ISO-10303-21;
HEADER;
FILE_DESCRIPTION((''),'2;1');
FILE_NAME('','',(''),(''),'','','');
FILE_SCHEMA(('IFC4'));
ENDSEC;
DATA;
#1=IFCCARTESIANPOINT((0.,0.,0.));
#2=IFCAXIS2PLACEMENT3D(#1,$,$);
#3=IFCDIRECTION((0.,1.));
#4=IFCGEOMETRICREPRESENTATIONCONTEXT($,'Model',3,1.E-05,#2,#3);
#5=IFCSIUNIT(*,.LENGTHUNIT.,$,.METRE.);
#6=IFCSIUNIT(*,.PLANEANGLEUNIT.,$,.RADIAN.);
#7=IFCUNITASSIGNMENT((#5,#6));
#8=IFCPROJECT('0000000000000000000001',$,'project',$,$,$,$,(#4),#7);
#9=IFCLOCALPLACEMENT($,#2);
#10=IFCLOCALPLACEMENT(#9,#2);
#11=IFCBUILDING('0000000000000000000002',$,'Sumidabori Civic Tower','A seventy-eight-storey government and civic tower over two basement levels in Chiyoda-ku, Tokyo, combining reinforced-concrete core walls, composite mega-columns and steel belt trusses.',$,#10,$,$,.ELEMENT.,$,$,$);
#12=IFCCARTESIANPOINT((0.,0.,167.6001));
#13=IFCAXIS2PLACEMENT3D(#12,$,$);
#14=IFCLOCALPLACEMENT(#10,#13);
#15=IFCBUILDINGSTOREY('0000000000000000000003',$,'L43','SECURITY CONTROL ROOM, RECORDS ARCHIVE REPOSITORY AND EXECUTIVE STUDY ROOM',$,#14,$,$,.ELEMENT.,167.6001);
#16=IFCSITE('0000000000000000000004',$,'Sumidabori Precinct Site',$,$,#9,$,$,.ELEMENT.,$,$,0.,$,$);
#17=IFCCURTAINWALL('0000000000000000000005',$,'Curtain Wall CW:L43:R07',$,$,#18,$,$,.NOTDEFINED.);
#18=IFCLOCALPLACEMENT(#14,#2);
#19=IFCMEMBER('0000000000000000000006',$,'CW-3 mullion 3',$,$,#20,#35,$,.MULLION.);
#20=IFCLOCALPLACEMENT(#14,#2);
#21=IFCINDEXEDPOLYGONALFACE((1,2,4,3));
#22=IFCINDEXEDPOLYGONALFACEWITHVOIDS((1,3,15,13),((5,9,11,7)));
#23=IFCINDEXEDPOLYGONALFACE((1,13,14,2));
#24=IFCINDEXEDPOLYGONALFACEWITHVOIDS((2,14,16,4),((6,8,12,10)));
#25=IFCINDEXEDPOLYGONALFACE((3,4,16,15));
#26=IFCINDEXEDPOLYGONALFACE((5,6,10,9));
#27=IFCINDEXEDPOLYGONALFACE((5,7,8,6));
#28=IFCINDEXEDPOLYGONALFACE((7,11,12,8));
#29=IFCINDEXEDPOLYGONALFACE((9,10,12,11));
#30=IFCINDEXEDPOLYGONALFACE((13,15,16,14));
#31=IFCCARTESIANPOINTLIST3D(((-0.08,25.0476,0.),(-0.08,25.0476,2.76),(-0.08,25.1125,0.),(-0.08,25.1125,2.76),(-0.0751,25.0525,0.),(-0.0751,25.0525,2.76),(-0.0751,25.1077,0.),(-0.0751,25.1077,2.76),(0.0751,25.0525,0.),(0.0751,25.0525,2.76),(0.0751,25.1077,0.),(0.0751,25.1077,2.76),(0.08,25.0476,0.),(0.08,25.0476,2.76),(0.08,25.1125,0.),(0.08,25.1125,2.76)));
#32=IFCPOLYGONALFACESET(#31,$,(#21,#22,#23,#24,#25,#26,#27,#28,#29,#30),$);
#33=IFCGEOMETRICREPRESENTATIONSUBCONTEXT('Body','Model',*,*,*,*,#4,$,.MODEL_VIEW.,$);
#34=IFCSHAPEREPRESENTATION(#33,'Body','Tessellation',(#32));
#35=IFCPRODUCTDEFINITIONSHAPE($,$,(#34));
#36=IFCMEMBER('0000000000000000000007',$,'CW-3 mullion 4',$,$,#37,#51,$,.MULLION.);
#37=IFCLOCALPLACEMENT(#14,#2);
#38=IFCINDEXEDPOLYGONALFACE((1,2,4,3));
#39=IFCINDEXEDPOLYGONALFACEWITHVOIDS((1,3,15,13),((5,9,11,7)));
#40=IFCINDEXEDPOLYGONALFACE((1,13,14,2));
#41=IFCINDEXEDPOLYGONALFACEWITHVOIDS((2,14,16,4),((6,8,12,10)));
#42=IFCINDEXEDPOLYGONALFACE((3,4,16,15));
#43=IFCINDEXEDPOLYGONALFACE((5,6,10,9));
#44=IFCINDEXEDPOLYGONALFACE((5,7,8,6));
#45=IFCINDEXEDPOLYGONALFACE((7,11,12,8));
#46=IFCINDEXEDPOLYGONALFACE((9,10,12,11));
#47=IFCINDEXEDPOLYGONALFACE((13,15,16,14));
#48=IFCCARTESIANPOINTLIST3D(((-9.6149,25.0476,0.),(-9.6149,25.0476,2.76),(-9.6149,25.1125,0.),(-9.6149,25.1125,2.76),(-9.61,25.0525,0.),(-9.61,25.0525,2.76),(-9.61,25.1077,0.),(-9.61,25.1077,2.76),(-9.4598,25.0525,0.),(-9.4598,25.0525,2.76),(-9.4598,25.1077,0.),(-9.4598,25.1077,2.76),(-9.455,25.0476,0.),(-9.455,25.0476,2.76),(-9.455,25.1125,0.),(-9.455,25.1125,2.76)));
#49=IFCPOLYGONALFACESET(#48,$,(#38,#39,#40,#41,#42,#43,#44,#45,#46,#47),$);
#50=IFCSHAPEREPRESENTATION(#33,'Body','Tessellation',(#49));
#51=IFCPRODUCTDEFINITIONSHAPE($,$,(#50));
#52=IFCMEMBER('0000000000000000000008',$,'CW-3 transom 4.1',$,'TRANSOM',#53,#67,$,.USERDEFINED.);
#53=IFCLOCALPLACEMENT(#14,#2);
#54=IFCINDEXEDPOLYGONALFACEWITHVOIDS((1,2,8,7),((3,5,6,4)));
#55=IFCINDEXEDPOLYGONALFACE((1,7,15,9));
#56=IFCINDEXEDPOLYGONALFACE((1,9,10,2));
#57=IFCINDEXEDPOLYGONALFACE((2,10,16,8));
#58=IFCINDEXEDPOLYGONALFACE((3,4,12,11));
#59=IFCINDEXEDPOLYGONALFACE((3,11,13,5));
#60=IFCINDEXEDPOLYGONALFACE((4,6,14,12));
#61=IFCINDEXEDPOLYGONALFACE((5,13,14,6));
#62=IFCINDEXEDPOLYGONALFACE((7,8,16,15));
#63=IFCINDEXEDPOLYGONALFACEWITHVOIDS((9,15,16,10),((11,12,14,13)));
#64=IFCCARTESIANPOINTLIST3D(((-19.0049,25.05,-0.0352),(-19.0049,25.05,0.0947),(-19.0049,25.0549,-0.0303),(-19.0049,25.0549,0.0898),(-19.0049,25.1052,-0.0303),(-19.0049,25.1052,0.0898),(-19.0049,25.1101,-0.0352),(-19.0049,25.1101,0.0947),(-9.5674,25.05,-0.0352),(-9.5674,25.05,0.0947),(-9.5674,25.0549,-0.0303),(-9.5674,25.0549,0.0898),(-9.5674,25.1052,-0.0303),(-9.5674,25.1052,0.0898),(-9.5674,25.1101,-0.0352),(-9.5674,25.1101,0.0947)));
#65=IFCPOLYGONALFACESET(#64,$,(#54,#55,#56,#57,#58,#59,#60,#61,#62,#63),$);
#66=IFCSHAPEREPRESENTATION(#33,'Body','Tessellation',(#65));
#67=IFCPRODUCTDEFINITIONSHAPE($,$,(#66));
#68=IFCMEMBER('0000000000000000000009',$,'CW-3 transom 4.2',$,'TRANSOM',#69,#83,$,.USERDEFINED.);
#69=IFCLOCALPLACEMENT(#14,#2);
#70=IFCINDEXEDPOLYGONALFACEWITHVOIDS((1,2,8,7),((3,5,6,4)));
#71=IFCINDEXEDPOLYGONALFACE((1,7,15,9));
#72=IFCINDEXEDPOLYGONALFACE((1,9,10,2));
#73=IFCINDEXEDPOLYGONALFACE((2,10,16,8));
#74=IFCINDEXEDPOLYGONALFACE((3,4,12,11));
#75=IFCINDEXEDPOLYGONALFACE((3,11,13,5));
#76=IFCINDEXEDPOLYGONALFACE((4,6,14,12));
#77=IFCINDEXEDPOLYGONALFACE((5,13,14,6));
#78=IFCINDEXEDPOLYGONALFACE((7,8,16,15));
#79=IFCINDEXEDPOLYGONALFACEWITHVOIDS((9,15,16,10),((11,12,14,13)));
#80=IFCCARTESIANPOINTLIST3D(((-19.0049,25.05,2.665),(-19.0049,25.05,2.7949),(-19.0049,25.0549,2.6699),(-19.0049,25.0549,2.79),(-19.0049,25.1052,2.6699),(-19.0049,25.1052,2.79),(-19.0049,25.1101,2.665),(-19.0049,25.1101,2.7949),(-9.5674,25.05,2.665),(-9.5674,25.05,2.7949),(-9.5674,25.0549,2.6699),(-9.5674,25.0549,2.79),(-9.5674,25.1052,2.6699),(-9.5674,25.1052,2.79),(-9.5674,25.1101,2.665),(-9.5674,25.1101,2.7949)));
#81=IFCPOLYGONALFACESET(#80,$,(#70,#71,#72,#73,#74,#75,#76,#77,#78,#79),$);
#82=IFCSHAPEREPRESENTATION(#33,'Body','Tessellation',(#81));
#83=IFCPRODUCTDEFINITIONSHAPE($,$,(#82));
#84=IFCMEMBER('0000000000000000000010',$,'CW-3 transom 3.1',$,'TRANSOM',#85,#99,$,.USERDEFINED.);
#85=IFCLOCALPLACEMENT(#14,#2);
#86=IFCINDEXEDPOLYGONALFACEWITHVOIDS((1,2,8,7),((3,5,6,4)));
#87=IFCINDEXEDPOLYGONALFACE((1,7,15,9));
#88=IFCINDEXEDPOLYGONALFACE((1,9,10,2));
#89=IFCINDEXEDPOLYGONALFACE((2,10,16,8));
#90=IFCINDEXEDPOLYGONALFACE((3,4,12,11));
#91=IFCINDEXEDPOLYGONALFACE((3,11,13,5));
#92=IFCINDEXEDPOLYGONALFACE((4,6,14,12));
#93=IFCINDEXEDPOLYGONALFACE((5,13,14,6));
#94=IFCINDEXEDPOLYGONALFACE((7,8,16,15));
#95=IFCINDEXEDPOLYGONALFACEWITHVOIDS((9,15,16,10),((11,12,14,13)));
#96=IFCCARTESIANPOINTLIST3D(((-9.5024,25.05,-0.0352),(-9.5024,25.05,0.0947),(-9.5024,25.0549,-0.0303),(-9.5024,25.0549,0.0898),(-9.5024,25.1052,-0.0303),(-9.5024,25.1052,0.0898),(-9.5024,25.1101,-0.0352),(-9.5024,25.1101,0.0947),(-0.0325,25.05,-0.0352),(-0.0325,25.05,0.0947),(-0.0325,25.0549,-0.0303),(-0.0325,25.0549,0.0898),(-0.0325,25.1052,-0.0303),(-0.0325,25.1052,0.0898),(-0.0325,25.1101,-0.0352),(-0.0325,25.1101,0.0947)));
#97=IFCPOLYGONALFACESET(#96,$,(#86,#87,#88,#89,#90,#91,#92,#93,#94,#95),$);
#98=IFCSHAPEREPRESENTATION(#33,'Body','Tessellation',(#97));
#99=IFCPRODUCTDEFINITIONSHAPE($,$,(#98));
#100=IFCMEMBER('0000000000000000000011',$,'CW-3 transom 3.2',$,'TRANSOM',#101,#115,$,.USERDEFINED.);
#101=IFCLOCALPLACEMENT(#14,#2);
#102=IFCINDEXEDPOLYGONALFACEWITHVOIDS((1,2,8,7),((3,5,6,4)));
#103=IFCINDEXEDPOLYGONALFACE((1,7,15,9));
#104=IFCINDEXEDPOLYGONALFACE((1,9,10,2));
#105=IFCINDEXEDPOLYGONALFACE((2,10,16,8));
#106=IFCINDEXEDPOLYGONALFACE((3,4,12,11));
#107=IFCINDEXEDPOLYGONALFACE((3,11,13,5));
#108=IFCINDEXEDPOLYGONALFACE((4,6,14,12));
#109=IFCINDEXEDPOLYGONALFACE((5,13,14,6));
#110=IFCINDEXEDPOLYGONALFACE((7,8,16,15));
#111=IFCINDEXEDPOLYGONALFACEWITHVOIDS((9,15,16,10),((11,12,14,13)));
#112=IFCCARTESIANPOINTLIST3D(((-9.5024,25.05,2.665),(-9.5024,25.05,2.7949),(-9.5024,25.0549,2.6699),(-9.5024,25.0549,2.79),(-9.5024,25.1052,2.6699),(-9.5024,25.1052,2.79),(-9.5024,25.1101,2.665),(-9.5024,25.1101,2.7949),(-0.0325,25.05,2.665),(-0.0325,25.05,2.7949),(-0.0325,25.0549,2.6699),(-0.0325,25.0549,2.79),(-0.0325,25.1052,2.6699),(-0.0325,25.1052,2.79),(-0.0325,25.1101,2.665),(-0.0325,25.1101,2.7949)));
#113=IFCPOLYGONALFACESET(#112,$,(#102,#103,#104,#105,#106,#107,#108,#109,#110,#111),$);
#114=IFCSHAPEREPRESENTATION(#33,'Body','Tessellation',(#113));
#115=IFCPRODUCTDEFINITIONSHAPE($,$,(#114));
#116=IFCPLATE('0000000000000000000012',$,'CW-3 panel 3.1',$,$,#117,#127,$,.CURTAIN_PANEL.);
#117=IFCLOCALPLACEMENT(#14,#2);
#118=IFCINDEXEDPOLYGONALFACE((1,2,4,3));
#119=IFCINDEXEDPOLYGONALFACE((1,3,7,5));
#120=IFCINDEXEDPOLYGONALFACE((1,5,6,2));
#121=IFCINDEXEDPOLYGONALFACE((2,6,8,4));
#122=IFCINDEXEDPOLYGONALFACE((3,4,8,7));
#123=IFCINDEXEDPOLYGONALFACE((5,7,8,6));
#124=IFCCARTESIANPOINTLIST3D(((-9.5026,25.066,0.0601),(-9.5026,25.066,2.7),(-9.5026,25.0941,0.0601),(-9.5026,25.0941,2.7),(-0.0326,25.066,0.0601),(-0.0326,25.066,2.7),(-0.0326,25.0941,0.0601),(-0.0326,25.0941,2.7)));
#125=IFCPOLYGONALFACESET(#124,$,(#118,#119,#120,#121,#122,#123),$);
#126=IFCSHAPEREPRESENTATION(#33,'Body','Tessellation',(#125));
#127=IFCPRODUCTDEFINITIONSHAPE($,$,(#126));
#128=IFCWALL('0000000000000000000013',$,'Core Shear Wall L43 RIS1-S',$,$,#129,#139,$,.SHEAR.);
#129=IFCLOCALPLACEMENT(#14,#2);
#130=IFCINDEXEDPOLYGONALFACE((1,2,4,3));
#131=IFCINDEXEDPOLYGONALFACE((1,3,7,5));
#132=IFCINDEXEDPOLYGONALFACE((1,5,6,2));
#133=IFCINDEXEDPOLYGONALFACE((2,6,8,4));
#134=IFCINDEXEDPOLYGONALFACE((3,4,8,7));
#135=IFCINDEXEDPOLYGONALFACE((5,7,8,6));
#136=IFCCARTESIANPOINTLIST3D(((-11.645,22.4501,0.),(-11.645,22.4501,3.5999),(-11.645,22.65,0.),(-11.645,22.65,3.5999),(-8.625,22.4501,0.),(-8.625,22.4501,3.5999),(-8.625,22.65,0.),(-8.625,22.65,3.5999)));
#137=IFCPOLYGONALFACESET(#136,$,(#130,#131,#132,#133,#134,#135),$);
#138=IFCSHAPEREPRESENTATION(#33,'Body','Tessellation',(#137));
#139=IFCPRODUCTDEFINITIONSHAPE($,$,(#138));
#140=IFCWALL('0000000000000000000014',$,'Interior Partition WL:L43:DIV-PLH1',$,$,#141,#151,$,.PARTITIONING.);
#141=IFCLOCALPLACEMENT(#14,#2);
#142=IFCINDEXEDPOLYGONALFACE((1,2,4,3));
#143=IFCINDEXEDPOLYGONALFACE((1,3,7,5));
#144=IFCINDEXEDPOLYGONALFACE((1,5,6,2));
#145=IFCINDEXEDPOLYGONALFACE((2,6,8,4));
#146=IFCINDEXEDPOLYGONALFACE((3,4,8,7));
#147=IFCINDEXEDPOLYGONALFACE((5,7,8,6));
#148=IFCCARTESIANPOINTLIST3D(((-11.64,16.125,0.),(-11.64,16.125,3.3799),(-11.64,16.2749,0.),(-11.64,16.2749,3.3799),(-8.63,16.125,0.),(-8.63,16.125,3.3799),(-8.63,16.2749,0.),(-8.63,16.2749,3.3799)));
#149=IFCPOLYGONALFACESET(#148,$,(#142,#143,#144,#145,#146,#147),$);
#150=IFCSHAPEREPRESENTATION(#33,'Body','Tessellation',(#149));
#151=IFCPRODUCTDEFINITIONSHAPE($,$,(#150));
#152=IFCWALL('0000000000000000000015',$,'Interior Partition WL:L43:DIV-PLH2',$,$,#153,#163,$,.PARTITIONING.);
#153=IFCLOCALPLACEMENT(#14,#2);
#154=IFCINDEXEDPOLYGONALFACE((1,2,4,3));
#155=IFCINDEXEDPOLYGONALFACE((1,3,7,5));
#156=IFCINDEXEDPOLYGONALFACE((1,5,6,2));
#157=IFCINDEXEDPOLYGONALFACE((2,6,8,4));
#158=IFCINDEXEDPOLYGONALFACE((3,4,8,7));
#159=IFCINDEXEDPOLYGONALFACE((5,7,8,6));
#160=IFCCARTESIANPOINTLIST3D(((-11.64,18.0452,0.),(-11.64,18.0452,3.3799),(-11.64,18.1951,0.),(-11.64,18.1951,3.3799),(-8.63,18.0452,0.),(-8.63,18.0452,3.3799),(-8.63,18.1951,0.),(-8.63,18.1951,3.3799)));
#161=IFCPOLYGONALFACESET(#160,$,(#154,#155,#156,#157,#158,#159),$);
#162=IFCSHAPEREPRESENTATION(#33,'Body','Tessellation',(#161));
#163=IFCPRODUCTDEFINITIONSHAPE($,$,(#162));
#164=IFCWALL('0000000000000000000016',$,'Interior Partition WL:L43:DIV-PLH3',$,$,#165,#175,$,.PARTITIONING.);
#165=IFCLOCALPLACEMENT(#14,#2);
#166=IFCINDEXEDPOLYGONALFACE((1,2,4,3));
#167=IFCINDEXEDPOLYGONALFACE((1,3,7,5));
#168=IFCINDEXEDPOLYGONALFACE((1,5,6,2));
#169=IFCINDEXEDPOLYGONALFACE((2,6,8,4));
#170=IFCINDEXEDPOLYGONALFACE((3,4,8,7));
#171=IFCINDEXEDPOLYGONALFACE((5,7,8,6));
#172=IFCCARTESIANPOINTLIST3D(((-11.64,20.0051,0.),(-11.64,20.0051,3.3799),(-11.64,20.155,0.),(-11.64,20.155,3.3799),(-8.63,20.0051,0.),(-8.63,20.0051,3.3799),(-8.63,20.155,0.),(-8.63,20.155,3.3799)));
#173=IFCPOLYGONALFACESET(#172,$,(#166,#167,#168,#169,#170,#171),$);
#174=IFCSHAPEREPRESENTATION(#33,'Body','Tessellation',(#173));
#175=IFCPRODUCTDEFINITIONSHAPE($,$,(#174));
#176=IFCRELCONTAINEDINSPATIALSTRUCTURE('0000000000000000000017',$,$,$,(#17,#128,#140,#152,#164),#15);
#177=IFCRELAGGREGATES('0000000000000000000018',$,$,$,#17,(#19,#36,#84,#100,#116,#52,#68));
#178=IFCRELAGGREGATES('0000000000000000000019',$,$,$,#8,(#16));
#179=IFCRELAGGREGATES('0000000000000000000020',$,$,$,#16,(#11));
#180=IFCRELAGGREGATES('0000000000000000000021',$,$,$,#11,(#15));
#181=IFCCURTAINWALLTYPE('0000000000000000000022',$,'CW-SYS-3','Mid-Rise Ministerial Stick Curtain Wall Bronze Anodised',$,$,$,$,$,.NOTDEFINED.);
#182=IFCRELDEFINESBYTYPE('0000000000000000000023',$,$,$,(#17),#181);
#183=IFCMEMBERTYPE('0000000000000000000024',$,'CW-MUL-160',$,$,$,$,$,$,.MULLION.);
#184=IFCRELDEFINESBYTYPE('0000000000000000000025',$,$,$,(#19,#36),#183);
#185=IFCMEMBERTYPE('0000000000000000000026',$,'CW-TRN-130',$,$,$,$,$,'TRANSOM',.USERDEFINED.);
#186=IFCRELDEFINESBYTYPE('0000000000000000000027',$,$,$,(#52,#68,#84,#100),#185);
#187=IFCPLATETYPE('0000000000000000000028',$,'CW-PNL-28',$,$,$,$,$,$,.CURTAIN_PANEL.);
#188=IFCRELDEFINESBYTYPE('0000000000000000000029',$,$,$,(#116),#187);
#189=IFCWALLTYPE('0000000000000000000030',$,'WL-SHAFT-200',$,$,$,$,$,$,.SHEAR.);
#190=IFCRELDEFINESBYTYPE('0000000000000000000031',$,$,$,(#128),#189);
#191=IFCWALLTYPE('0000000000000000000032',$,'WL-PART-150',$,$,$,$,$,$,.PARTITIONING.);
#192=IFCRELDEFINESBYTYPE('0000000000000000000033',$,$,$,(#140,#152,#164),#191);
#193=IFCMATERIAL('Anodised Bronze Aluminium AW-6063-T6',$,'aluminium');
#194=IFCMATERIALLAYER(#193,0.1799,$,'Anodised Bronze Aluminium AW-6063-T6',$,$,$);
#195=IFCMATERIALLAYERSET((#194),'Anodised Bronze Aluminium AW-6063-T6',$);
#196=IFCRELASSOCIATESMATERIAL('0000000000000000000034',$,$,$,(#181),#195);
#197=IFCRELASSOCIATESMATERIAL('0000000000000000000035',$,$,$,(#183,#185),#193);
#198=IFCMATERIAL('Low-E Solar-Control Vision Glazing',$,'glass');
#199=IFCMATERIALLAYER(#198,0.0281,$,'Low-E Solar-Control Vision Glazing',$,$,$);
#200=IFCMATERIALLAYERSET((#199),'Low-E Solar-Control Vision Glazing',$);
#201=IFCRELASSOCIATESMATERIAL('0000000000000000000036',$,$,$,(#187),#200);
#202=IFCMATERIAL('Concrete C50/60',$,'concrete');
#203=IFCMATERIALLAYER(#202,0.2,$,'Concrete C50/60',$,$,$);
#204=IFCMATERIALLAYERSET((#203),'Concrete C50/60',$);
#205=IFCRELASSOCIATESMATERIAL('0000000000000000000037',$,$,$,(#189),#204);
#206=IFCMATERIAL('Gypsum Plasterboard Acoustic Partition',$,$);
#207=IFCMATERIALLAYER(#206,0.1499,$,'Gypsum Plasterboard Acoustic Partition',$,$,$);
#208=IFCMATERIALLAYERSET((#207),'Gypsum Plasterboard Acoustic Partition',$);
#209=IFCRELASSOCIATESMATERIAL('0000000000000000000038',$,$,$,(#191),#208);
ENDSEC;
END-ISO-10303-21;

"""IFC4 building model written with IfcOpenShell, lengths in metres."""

from ifc_helpers import new_model, si_unit, direction, frame, frame_2d, origin, origin_2d, place, context, subcontext, project, spatial, rectangle, hollow_rectangle, extrude, source, transform, mapped, material, layer, layer_set, material_profile, profile_set, type_object, element, aggregate, save


model = new_model("IFC4")

# Units and contexts
model_context = context("Model", 3, precision=1e-05, world=origin(), true_north=direction((0.0, 1.0)))
body_context = subcontext(model_context, "Body", "Model", "MODEL_VIEW")
ifc_project = project(units=[si_unit("LENGTHUNIT", "METRE"), si_unit("PLANEANGLEUNIT", "RADIAN")], contexts=[model_context])

# Site, building, storey
site_placement = place(None, origin())
site = spatial("IfcSite", under=ifc_project, at=site_placement, Name="Sumidabori Precinct Site", CompositionType="ELEMENT", RefElevation=0.0)
building_placement = place(site_placement, origin())
building = spatial("IfcBuilding", under=site, at=building_placement, Name="Sumidabori Civic Tower", Description="A seventy-eight-storey government and civic tower over two basement levels in Chiyoda-ku, Tokyo, combining reinforced-concrete core walls, composite mega-columns and steel belt trusses.", CompositionType="ELEMENT")
storey_placement = place(building_placement, frame((0.0, 0.0, 167.6001)))
storey = spatial("IfcBuildingStorey", under=building, at=storey_placement, Name="L43", Description="SECURITY CONTROL ROOM, RECORDS ARCHIVE REPOSITORY AND EXECUTIVE STUDY ROOM", CompositionType="ELEMENT", Elevation=167.6001)

# Curtain wall, members, plate
ifc_material_1 = material(Name="Anodised Bronze Aluminium AW-6063-T6", Category="aluminium")
ifc_layer_1 = layer(ifc_material_1, 0.1799, Name="Anodised Bronze Aluminium AW-6063-T6")
ifc_layer_set_1 = layer_set([ifc_layer_1], Name="Anodised Bronze Aluminium AW-6063-T6")
curtain_wall_type = type_object("IfcCurtainWallType", Name="CW-SYS-3", Description="Mid-Rise Ministerial Stick Curtain Wall Bronze Anodised", PredefinedType="NOTDEFINED", material=ifc_layer_set_1)
curtain_wall_placement = place(storey_placement, origin())
curtain_wall = element("IfcCurtainWall", 1, at=curtain_wall_placement, inside=storey, type_object=curtain_wall_type, Name="Curtain Wall CW:L43:R07", PredefinedType="NOTDEFINED")
ifc_material_profile_1 = material_profile(ifc_material_1, hollow_rectangle(XDim=0.0649, YDim=0.1599, WallThickness=0.0049, at=origin_2d()), Name="ALU MULLION 160x65")
ifc_profile_set_1 = profile_set([ifc_material_profile_1], Name="Anodised Bronze Aluminium AW-6063-T6")
member_type_1 = type_object("IfcMemberType", Name="CW-MUL-160", PredefinedType="MULLION", material=ifc_profile_set_1)
shared_shape_1 = source(origin(), body_context, "Body", "SweptSolid", [
    extrude(hollow_rectangle(XDim=0.0649, YDim=0.1599, WallThickness=0.0049, at=origin_2d()), origin(), (0.0, 0.0, 1.0), 2.76),
])
member_1_placement = place(storey_placement, frame((0.0, 25.0801, 0.0), z_axis=(0.0, 0.0, 1.0), x_axis=(0.0, -1.0, 0.0)))
member_1 = element("IfcMember", 2, at=member_1_placement, type_object=member_type_1, Name="CW-3 mullion 3", PredefinedType="MULLION", context=body_context, shape_type="MappedRepresentation", body=[
    mapped(shared_shape_1, transform((0.0, 0.0, 0.0), x_axis=(1.0, 0.0, 0.0), y_axis=(0.0, 1.0, 0.0), z_axis=(0.0, 0.0, 1.0), scale=1.0)),
])
member_2_placement = place(storey_placement, frame((-9.5349, 25.0801, 0.0), z_axis=(0.0, 0.0, 1.0), x_axis=(0.0, -1.0, 0.0)))
member_2 = element("IfcMember", 3, at=member_2_placement, type_object=member_type_1, Name="CW-3 mullion 4", PredefinedType="MULLION", context=body_context, shape_type="MappedRepresentation", body=[
    mapped(shared_shape_1, transform((0.0, 0.0, 0.0), x_axis=(1.0, 0.0, 0.0), y_axis=(0.0, 1.0, 0.0), z_axis=(0.0, 0.0, 1.0), scale=1.0)),
])
ifc_material_profile_2 = material_profile(ifc_material_1, hollow_rectangle(XDim=0.0601, YDim=0.1299, WallThickness=0.0049, at=origin_2d()), Name="ALU TRANSOM 130x60")
ifc_profile_set_2 = profile_set([ifc_material_profile_2], Name="Anodised Bronze Aluminium AW-6063-T6")
member_type_2 = type_object("IfcMemberType", Name="CW-TRN-130", ElementType="TRANSOM", PredefinedType="USERDEFINED", material=ifc_profile_set_2)
shared_shape_2 = source(origin(), body_context, "Body", "SweptSolid", [
    extrude(hollow_rectangle(XDim=0.0601, YDim=0.1299, WallThickness=0.0049, at=origin_2d()), origin(), (0.0, 0.0, 1.0), 9.4375),
])
member_3_placement = place(storey_placement, frame((-9.5674, 25.0801, 0.0298), z_axis=(-1.0, 0.0, 0.0), x_axis=(0.0, -1.0, 0.0)))
member_3 = element("IfcMember", 4, at=member_3_placement, type_object=member_type_2, Name="CW-3 transom 4.1", ObjectType="TRANSOM", PredefinedType="USERDEFINED", context=body_context, shape_type="MappedRepresentation", body=[
    mapped(shared_shape_2, transform((0.0, 0.0, 0.0), x_axis=(1.0, 0.0, 0.0), y_axis=(0.0, 1.0, 0.0), z_axis=(0.0, 0.0, 1.0), scale=1.0)),
])
member_4_placement = place(storey_placement, frame((-9.5674, 25.0801, 2.73), z_axis=(-1.0, 0.0, 0.0), x_axis=(0.0, -1.0, 0.0)))
member_4 = element("IfcMember", 5, at=member_4_placement, type_object=member_type_2, Name="CW-3 transom 4.2", ObjectType="TRANSOM", PredefinedType="USERDEFINED", context=body_context, shape_type="MappedRepresentation", body=[
    mapped(shared_shape_2, transform((0.0, 0.0, 0.0), x_axis=(1.0, 0.0, 0.0), y_axis=(0.0, 1.0, 0.0), z_axis=(0.0, 0.0, 1.0), scale=1.0)),
])
shared_shape_3 = source(origin(), body_context, "Body", "SweptSolid", [
    extrude(hollow_rectangle(XDim=0.0601, YDim=0.1299, WallThickness=0.0049, at=origin_2d()), origin(), (0.0, 0.0, 1.0), 9.47),
])
member_5_placement = place(storey_placement, frame((-0.0325, 25.0801, 0.0298), z_axis=(-1.0, 0.0, 0.0), x_axis=(0.0, -1.0, 0.0)))
member_5 = element("IfcMember", 6, at=member_5_placement, type_object=member_type_2, Name="CW-3 transom 3.1", ObjectType="TRANSOM", PredefinedType="USERDEFINED", context=body_context, shape_type="MappedRepresentation", body=[
    mapped(shared_shape_3, transform((0.0, 0.0, 0.0), x_axis=(1.0, 0.0, 0.0), y_axis=(0.0, 1.0, 0.0), z_axis=(0.0, 0.0, 1.0), scale=1.0)),
])
member_6_placement = place(storey_placement, frame((-0.0325, 25.0801, 2.73), z_axis=(-1.0, 0.0, 0.0), x_axis=(0.0, -1.0, 0.0)))
member_6 = element("IfcMember", 7, at=member_6_placement, type_object=member_type_2, Name="CW-3 transom 3.2", ObjectType="TRANSOM", PredefinedType="USERDEFINED", context=body_context, shape_type="MappedRepresentation", body=[
    mapped(shared_shape_3, transform((0.0, 0.0, 0.0), x_axis=(1.0, 0.0, 0.0), y_axis=(0.0, 1.0, 0.0), z_axis=(0.0, 0.0, 1.0), scale=1.0)),
])
ifc_material_2 = material(Name="Low-E Solar-Control Vision Glazing", Category="glass")
ifc_layer_2 = layer(ifc_material_2, 0.0281, Name="Low-E Solar-Control Vision Glazing")
ifc_layer_set_2 = layer_set([ifc_layer_2], Name="Low-E Solar-Control Vision Glazing")
plate_type = type_object("IfcPlateType", Name="CW-PNL-28", PredefinedType="CURTAIN_PANEL", material=ifc_layer_set_2)
shared_shape_4 = source(origin(), body_context, "Body", "SweptSolid", [
    extrude(rectangle(XDim=9.47, YDim=0.0281, at=origin_2d()), origin(), (0.0, 0.0, 1.0), 2.6399),
])
plate_placement = place(storey_placement, frame((-4.7676, 25.0801, 0.0601), z_axis=(0.0, 0.0, 1.0), x_axis=(-1.0, 0.0, 0.0)))
plate = element("IfcPlate", 8, at=plate_placement, type_object=plate_type, Name="CW-3 panel 3.1", PredefinedType="CURTAIN_PANEL", context=body_context, shape_type="MappedRepresentation", body=[
    mapped(shared_shape_4, transform((0.0, 0.0, 0.0), x_axis=(1.0, 0.0, 0.0), y_axis=(0.0, 1.0, 0.0), z_axis=(0.0, 0.0, 1.0), scale=1.0)),
])
aggregate(curtain_wall, [member_1, member_2, member_5, member_6, plate, member_3, member_4])

# Walls
ifc_material_3 = material(Name="Concrete C50/60", Category="concrete")
ifc_layer_3 = layer(ifc_material_3, 0.2, Name="Concrete C50/60")
ifc_layer_set_3 = layer_set([ifc_layer_3], Name="Concrete C50/60")
wall_type_1 = type_object("IfcWallType", Name="WL-SHAFT-200", PredefinedType="SHEAR", material=ifc_layer_set_3)
shared_shape_5 = source(origin(), body_context, "Body", "SweptSolid", [
    extrude(rectangle(XDim=3.02, YDim=0.2, at=frame_2d((1.51, 0.0))), origin(), (0.0, 0.0, 1.0), 3.5999),
])
wall_1_placement = place(storey_placement, frame((-11.645, 22.55, 0.0), z_axis=(0.0, 0.0, 1.0), x_axis=(1.0, 0.0, 0.0)))
element("IfcWall", 9, at=wall_1_placement, inside=storey, type_object=wall_type_1, Name="Core Shear Wall L43 RIS1-S", PredefinedType="SHEAR", context=body_context, shape_type="MappedRepresentation", body=[
    mapped(shared_shape_5, transform((0.0, 0.0, 0.0), x_axis=(1.0, 0.0, 0.0), y_axis=(0.0, 1.0, 0.0), z_axis=(0.0, 0.0, 1.0), scale=1.0)),
])
ifc_material_4 = material(Name="Gypsum Plasterboard Acoustic Partition")
ifc_layer_4 = layer(ifc_material_4, 0.1499, Name="Gypsum Plasterboard Acoustic Partition")
ifc_layer_set_4 = layer_set([ifc_layer_4], Name="Gypsum Plasterboard Acoustic Partition")
wall_type_2 = type_object("IfcWallType", Name="WL-PART-150", PredefinedType="PARTITIONING", material=ifc_layer_set_4)
shared_shape_6 = source(origin(), body_context, "Body", "SweptSolid", [
    extrude(rectangle(XDim=3.01, YDim=0.1499, at=frame_2d((1.5049, 0.0))), origin(), (0.0, 0.0, 1.0), 3.3799),
])
for number, where, z_axis, x_axis, name in (
    (10, (-11.6399, 16.2, 0.0), (0.0, 0.0, 1.0), (1.0, 0.0, 0.0), "Interior Partition WL:L43:DIV-PLH1"),
    (11, (-11.6399, 18.1201, 0.0), (0.0, 0.0, 1.0), (1.0, 0.0, 0.0), "Interior Partition WL:L43:DIV-PLH2"),
    (12, (-11.6399, 20.0801, 0.0), (0.0, 0.0, 1.0), (1.0, 0.0, 0.0), "Interior Partition WL:L43:DIV-PLH3"),
):
    element("IfcWall", number, at=place(storey_placement, frame(where, z_axis=z_axis, x_axis=x_axis)), inside=storey, type_object=wall_type_2, Name=name, PredefinedType="PARTITIONING", context=body_context, shape_type="MappedRepresentation", body=[
        mapped(shared_shape_6, transform((0.0, 0.0, 0.0), x_axis=(1.0, 0.0, 0.0), y_axis=(0.0, 1.0, 0.0), z_axis=(0.0, 0.0, 1.0), scale=1.0)),
    ])

save(model, "model.ifc")
